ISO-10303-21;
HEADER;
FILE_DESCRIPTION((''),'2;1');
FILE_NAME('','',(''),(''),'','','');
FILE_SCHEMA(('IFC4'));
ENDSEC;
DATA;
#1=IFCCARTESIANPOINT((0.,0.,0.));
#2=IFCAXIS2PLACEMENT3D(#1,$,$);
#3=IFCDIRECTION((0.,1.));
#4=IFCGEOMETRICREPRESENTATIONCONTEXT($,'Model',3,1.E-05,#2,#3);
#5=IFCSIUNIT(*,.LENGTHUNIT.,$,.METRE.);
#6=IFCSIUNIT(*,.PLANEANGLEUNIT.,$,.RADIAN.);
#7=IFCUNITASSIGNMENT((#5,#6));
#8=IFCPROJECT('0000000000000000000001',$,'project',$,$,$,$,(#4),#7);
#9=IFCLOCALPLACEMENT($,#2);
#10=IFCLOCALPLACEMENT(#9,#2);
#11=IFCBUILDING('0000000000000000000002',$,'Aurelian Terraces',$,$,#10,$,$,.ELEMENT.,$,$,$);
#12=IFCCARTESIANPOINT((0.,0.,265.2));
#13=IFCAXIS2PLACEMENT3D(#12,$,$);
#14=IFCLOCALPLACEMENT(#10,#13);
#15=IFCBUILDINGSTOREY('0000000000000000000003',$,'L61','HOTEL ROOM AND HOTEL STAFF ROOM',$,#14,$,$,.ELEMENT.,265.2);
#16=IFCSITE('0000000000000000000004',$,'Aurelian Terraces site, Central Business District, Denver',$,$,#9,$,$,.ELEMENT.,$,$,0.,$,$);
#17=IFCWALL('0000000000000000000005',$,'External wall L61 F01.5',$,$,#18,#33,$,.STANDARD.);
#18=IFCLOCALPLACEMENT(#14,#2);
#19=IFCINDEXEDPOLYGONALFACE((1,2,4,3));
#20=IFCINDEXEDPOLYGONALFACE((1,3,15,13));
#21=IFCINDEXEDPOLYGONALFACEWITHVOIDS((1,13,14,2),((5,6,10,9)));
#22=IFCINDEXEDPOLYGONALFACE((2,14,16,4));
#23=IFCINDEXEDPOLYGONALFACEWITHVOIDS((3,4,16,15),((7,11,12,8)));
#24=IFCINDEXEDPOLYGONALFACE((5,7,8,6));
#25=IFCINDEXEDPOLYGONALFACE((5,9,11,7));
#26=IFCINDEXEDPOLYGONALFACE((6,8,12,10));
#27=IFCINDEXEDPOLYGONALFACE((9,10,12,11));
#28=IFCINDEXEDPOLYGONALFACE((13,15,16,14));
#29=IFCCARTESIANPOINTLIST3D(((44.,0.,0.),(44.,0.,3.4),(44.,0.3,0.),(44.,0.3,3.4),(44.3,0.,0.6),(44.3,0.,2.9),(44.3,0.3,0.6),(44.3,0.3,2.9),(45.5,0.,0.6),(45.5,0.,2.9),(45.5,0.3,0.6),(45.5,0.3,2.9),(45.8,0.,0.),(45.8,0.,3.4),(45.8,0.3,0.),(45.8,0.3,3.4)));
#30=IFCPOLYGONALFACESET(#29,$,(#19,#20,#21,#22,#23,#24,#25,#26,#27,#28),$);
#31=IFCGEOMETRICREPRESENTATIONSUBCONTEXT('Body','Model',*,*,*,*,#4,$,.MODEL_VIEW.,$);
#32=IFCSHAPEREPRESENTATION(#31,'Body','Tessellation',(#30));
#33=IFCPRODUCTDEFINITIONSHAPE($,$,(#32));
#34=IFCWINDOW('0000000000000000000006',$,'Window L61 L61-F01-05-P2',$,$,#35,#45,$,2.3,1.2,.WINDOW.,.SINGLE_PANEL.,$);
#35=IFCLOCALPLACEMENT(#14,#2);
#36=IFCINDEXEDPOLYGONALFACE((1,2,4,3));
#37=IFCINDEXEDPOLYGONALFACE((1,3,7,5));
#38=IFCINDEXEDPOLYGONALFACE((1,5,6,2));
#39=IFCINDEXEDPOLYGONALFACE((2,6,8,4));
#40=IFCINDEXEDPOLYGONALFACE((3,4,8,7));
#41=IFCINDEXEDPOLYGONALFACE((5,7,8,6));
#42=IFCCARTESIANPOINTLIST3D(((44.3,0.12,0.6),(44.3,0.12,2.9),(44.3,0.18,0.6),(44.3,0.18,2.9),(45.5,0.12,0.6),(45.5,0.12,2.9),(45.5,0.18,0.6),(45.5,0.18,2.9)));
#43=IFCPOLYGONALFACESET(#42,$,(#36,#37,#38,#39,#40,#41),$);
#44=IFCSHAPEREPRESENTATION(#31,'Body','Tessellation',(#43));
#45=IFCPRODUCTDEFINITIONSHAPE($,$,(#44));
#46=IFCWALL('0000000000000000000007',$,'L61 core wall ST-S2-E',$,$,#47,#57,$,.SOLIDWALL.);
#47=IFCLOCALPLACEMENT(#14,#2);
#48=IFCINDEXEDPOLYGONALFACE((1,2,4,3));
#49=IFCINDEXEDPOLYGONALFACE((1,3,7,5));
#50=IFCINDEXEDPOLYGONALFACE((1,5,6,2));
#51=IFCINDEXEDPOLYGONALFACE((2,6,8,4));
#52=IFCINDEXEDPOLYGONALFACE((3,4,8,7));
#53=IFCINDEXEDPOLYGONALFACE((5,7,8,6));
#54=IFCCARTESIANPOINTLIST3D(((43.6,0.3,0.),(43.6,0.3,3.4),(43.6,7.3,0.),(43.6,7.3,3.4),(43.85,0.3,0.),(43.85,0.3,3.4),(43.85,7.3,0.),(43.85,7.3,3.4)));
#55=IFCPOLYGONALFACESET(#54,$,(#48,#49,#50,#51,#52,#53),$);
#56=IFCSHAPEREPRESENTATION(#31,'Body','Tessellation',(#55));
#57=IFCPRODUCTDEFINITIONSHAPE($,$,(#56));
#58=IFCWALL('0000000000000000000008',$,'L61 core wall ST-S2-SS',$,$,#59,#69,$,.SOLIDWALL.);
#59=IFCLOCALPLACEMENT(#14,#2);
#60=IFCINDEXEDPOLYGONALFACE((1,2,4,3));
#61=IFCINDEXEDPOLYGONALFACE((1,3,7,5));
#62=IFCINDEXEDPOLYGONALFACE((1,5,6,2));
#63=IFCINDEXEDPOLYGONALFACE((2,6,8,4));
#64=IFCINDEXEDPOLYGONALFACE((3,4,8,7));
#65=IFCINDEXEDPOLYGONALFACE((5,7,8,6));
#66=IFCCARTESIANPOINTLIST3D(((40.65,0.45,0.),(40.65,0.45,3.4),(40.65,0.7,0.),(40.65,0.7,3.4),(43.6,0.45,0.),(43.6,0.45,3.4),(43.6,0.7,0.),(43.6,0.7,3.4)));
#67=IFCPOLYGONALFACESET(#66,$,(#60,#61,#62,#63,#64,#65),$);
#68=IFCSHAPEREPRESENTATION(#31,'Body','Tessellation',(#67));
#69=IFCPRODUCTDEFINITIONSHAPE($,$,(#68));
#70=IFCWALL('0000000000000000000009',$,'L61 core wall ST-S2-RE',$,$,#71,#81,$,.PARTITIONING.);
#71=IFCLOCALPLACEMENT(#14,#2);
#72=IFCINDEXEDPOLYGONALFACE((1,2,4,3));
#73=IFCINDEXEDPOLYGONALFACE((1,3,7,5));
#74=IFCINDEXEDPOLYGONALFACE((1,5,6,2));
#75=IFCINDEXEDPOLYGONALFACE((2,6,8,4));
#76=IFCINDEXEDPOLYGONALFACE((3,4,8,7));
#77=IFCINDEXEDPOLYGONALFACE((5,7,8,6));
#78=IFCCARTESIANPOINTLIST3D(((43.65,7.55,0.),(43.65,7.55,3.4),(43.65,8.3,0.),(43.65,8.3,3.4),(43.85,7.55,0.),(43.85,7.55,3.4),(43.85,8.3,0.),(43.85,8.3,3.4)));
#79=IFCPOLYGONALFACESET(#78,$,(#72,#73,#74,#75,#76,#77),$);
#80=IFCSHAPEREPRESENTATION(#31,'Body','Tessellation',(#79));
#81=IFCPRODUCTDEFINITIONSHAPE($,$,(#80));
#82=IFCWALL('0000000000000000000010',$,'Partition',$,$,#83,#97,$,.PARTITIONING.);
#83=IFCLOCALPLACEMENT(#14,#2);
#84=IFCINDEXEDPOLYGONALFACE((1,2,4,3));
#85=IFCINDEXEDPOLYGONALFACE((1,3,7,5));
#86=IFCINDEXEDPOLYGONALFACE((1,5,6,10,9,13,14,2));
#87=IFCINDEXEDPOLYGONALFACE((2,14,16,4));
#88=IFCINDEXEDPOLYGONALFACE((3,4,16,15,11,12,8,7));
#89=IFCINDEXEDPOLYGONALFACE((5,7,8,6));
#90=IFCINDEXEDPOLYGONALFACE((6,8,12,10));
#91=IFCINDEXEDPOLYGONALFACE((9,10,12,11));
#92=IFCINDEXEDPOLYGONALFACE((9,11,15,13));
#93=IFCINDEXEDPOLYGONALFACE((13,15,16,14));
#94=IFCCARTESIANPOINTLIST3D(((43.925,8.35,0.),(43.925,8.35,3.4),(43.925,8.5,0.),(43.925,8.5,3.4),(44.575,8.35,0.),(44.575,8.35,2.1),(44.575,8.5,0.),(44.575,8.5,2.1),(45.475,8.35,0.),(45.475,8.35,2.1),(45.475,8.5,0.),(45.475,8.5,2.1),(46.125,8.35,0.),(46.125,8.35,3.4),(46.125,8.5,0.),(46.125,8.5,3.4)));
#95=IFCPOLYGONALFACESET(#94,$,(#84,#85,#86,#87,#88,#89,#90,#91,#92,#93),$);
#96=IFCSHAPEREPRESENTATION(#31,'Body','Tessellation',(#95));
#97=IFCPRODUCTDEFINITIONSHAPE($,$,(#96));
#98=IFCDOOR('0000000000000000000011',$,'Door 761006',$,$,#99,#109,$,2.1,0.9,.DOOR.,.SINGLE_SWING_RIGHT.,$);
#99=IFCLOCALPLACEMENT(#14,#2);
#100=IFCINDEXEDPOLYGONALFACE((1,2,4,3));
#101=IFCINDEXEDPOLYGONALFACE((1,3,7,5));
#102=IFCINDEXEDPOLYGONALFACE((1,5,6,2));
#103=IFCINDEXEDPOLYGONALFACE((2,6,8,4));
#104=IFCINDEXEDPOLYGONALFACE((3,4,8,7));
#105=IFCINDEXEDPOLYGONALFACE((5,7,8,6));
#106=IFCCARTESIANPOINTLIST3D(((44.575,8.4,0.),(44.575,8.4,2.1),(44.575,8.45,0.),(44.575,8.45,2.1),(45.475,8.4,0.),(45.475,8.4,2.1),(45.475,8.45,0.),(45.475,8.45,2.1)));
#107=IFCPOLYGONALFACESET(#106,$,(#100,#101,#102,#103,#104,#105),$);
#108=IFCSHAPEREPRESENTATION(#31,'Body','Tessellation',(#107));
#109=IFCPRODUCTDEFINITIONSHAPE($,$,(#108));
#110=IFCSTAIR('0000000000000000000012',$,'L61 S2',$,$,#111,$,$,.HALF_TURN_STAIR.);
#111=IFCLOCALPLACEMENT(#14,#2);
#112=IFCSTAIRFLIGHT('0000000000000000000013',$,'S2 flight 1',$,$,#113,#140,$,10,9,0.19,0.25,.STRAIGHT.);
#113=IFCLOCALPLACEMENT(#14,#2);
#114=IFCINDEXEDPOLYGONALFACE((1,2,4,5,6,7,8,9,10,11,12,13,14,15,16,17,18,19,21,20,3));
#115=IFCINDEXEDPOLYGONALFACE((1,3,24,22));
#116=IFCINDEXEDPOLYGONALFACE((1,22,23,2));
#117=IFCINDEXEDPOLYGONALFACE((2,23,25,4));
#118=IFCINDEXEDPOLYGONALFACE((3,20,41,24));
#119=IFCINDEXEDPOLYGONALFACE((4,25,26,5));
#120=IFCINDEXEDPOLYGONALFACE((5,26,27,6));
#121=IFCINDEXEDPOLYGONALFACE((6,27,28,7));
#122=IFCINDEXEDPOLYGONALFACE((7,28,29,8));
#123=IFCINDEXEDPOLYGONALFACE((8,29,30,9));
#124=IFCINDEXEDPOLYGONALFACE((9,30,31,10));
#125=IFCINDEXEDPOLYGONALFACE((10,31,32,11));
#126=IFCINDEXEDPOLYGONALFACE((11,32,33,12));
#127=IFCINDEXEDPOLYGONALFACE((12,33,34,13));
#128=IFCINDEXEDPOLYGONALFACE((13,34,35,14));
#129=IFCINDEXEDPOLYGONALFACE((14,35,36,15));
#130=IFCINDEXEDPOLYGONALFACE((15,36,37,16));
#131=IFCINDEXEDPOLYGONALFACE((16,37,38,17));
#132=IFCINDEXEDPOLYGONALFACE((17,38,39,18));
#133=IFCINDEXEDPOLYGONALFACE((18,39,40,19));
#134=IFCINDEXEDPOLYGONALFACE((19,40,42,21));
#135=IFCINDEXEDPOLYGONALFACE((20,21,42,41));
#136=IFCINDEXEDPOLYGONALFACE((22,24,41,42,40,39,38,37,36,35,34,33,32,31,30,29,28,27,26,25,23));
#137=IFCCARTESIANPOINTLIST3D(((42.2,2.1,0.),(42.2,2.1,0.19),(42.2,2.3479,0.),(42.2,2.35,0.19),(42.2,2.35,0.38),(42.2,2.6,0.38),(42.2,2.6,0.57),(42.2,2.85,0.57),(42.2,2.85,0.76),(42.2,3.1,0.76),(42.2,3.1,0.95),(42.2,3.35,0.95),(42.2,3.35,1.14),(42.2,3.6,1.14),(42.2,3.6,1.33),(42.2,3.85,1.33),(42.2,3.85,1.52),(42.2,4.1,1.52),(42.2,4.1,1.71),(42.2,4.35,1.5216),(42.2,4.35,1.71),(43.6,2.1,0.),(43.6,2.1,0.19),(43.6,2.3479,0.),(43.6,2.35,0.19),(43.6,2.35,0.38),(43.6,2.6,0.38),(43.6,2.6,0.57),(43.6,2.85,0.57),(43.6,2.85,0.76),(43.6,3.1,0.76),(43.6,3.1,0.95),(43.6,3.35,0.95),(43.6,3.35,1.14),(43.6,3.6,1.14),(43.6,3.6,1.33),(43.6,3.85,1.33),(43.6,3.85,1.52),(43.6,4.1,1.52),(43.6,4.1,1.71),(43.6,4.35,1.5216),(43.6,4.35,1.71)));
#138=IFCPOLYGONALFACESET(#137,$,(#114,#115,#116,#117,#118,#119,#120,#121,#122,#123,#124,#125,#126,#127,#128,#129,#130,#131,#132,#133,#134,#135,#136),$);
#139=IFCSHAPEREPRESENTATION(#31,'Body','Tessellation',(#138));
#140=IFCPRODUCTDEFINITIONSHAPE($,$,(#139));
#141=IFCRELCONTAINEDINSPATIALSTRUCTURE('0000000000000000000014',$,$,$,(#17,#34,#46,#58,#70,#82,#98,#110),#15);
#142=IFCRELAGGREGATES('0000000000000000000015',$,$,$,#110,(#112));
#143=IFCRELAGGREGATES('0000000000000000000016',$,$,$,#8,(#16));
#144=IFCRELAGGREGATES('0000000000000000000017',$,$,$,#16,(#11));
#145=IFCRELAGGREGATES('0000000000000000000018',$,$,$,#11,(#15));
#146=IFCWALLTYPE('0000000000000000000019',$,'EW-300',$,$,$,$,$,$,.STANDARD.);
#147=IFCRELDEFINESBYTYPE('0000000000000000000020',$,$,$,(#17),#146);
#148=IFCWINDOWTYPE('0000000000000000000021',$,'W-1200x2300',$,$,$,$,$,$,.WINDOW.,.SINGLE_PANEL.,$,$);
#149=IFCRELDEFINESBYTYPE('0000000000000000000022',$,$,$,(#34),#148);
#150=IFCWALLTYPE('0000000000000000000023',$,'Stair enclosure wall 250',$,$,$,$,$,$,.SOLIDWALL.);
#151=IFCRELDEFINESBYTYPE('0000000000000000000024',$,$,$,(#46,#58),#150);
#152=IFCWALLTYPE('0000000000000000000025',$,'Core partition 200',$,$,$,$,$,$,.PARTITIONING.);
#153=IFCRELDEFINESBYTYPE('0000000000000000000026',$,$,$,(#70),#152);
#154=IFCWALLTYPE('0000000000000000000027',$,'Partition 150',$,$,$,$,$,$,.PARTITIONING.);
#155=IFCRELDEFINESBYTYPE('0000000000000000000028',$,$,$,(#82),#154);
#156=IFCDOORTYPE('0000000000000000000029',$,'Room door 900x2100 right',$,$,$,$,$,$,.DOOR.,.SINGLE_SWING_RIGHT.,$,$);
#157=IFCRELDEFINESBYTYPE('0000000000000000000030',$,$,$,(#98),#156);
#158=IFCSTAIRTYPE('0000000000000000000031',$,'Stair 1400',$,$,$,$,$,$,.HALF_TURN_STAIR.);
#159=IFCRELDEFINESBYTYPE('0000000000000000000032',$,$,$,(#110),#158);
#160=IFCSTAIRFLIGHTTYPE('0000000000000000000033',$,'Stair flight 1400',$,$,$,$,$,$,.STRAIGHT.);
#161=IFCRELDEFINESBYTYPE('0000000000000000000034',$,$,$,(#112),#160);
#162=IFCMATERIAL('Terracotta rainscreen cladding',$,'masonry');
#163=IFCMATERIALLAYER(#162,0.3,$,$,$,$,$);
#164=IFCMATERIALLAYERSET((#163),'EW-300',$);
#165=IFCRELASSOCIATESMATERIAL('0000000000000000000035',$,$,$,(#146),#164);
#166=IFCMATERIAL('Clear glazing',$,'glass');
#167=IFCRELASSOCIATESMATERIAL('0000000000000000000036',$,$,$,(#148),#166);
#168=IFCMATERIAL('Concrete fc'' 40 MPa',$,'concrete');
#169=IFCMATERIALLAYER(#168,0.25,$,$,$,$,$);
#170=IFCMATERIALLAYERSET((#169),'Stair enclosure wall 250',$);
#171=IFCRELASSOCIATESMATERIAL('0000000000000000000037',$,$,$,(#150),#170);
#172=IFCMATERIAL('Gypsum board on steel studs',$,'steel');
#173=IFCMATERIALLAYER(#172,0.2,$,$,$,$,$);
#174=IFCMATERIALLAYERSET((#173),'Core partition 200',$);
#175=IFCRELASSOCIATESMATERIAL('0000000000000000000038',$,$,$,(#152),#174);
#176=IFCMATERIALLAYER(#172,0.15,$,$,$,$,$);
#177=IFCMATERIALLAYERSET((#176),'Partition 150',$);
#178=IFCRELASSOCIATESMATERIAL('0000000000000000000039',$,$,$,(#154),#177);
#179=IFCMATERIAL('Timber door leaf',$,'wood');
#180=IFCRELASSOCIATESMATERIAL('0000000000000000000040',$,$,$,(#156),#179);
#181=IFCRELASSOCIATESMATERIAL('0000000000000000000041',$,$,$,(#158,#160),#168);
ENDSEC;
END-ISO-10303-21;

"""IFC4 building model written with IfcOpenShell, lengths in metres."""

from ifc_helpers import new_model, si_unit, direction, frame, frame_2d, origin, place, context, subcontext, project, spatial, polyline, rectangle, outline, extrude, source, transform, mapped, material, layer, layer_set, type_object, element, fill, aggregate, save


model = new_model("IFC4")

# Units and contexts
model_context = context("Model", 3, precision=1e-05, world=origin(), true_north=direction((0.0, 1.0)))
body_context = subcontext(model_context, "Body", "Model", "MODEL_VIEW")
ifc_project = project(units=[si_unit("LENGTHUNIT", "METRE"), si_unit("PLANEANGLEUNIT", "RADIAN")], contexts=[model_context])

# Site, building, storey
site_placement = place(None, origin())
site = spatial("IfcSite", under=ifc_project, at=site_placement, Name="Aurelian Terraces site, Central Business District, Denver", CompositionType="ELEMENT", RefElevation=0.0)
building_placement = place(site_placement, origin())
building = spatial("IfcBuilding", under=site, at=building_placement, Name="Aurelian Terraces", CompositionType="ELEMENT")
storey_placement = place(building_placement, frame((0.0, 0.0, 265.2)))
storey = spatial("IfcBuildingStorey", under=building, at=storey_placement, Name="L61", Description="HOTEL ROOM AND HOTEL STAFF ROOM", CompositionType="ELEMENT", Elevation=265.2)

# Wall, opening, window
ifc_material_1 = material(Name="Terracotta rainscreen cladding", Category="masonry")
ifc_layer_1 = layer(ifc_material_1, 0.3)
ifc_layer_set_1 = layer_set([ifc_layer_1], Name="EW-300")
wall_type_1 = type_object("IfcWallType", Name="EW-300", PredefinedType="STANDARD", material=ifc_layer_set_1)
shared_shape_1 = source(origin(), body_context, "Body", "SweptSolid", [
    extrude(rectangle(XDim=1.8, YDim=0.3, at=frame_2d((0.9, 0.0))), origin(), (0.0, 0.0, 1.0), 3.4),
])
wall_1_placement = place(storey_placement, frame((44.0, 0.15, 0.0), z_axis=(0.0, 0.0, 1.0), x_axis=(1.0, 0.0, 0.0)))
wall_1 = element("IfcWall", 1, at=wall_1_placement, inside=storey, type_object=wall_type_1, Name="External wall L61 F01.5", PredefinedType="STANDARD", context=body_context, shape_type="MappedRepresentation", body=[
    mapped(shared_shape_1, transform((0.0, 0.0, 0.0), scale=1.0)),
])
shared_shape_2 = source(origin(), body_context, "Body", "SweptSolid", [
    extrude(rectangle(XDim=1.2, YDim=2.3, at=frame_2d((0.6, 1.15))), frame((0.0, 0.16, 0.0), z_axis=(0.0, -1.0, 0.0), x_axis=(1.0, 0.0, 0.0)), (0.0, 0.0, 1.0), 0.32),
])
opening_1_placement = place(wall_1_placement, frame((0.3, 0.0, 0.6)))
opening_1 = element("IfcOpeningElement", 2, at=opening_1_placement, cuts=wall_1, PredefinedType="OPENING", context=body_context, shape_type="MappedRepresentation", body=[
    mapped(shared_shape_2, transform((0.0, 0.0, 0.0), scale=1.0)),
])
ifc_material_2 = material(Name="Clear glazing", Category="glass")
window_type = type_object("IfcWindowType", Name="W-1200x2300", PartitioningType="SINGLE_PANEL", PredefinedType="WINDOW", material=ifc_material_2)
shared_shape_3 = source(origin(), body_context, "Body", "SweptSolid", [
    extrude(rectangle(XDim=1.2, YDim=2.3, at=frame_2d((0.6, 1.15))), frame((0.0, 0.03, 0.0), z_axis=(0.0, -1.0, 0.0), x_axis=(1.0, 0.0, 0.0)), (0.0, 0.0, 1.0), 0.06),
])
window_placement = place(opening_1_placement, origin())
window = element("IfcWindow", 3, at=window_placement, inside=storey, type_object=window_type, Name="Window L61 L61-F01-05-P2", OverallHeight=2.3, OverallWidth=1.2, PartitioningType="SINGLE_PANEL", PredefinedType="WINDOW", context=body_context, shape_type="MappedRepresentation", body=[
    mapped(shared_shape_3, transform((0.0, 0.0, 0.0), scale=1.0)),
])
fill(opening_1, window)

# Walls
ifc_material_3 = material(Name="Concrete fc' 40 MPa", Category="concrete")
ifc_layer_2 = layer(ifc_material_3, 0.25)
ifc_layer_set_2 = layer_set([ifc_layer_2], Name="Stair enclosure wall 250")
wall_type_2 = type_object("IfcWallType", Name="Stair enclosure wall 250", PredefinedType="SOLIDWALL", material=ifc_layer_set_2)
shared_shape_4 = source(origin(), body_context, "Body", "SweptSolid", [
    extrude(rectangle(XDim=7.0, YDim=0.25, at=frame_2d((3.5, 0.0))), origin(), (0.0, 0.0, 1.0), 3.4),
])
wall_2_placement = place(storey_placement, frame((43.725, 0.3, 0.0), z_axis=(0.0, 0.0, 1.0), x_axis=(0.0, 1.0, 0.0)))
element("IfcWall", 4, at=wall_2_placement, inside=storey, type_object=wall_type_2, Name="L61 core wall ST-S2-E", PredefinedType="SOLIDWALL", context=body_context, shape_type="MappedRepresentation", body=[
    mapped(shared_shape_4, transform((0.0, 0.0, 0.0), scale=1.0)),
])
shared_shape_5 = source(origin(), body_context, "Body", "SweptSolid", [
    extrude(rectangle(XDim=2.95, YDim=0.25, at=frame_2d((1.475, 0.0))), origin(), (0.0, 0.0, 1.0), 3.4),
])
wall_3_placement = place(storey_placement, frame((40.65, 0.575, 0.0), z_axis=(0.0, 0.0, 1.0), x_axis=(1.0, 0.0, 0.0)))
element("IfcWall", 5, at=wall_3_placement, inside=storey, type_object=wall_type_2, Name="L61 core wall ST-S2-SS", PredefinedType="SOLIDWALL", context=body_context, shape_type="MappedRepresentation", body=[
    mapped(shared_shape_5, transform((0.0, 0.0, 0.0), scale=1.0)),
])
ifc_material_4 = material(Name="Gypsum board on steel studs", Category="steel")
ifc_layer_3 = layer(ifc_material_4, 0.2)
ifc_layer_set_3 = layer_set([ifc_layer_3], Name="Core partition 200")
wall_type_3 = type_object("IfcWallType", Name="Core partition 200", PredefinedType="PARTITIONING", material=ifc_layer_set_3)
shared_shape_6 = source(origin(), body_context, "Body", "SweptSolid", [
    extrude(rectangle(XDim=0.75, YDim=0.2, at=frame_2d((0.375, 0.0))), origin(), (0.0, 0.0, 1.0), 3.4),
])
wall_4_placement = place(storey_placement, frame((43.75, 7.55, 0.0), z_axis=(0.0, 0.0, 1.0), x_axis=(0.0, 1.0, 0.0)))
element("IfcWall", 6, at=wall_4_placement, inside=storey, type_object=wall_type_3, Name="L61 core wall ST-S2-RE", PredefinedType="PARTITIONING", context=body_context, shape_type="MappedRepresentation", body=[
    mapped(shared_shape_6, transform((0.0, 0.0, 0.0), scale=1.0)),
])

# Wall, opening, door
ifc_layer_4 = layer(ifc_material_4, 0.15)
ifc_layer_set_4 = layer_set([ifc_layer_4], Name="Partition 150")
wall_type_4 = type_object("IfcWallType", Name="Partition 150", PredefinedType="PARTITIONING", material=ifc_layer_set_4)
shared_shape_7 = source(origin(), body_context, "Body", "SweptSolid", [
    extrude(rectangle(XDim=2.2, YDim=0.15, at=frame_2d((1.1, 0.0))), origin(), (0.0, 0.0, 1.0), 3.4),
])
wall_5_placement = place(storey_placement, frame((46.125, 8.425, 0.0), z_axis=(0.0, 0.0, 1.0), x_axis=(-1.0, 0.0, 0.0)))
wall_5 = element("IfcWall", 7, at=wall_5_placement, inside=storey, type_object=wall_type_4, Name="Partition", PredefinedType="PARTITIONING", context=body_context, shape_type="MappedRepresentation", body=[
    mapped(shared_shape_7, transform((0.0, 0.0, 0.0), scale=1.0)),
])
shared_shape_8 = source(origin(), body_context, "Body", "SweptSolid", [
    extrude(rectangle(XDim=0.9, YDim=2.1, at=frame_2d((0.45, 1.05))), frame((0.0, 0.085, 0.0), z_axis=(0.0, -1.0, 0.0), x_axis=(1.0, 0.0, 0.0)), (0.0, 0.0, 1.0), 0.17),
])
opening_2_placement = place(wall_5_placement, frame((0.65, 0.0, 0.0)))
opening_2 = element("IfcOpeningElement", 8, at=opening_2_placement, cuts=wall_5, PredefinedType="OPENING", context=body_context, shape_type="MappedRepresentation", body=[
    mapped(shared_shape_8, transform((0.0, 0.0, 0.0), scale=1.0)),
])
ifc_material_5 = material(Name="Timber door leaf", Category="wood")
door_type = type_object("IfcDoorType", Name="Room door 900x2100 right", OperationType="SINGLE_SWING_RIGHT", PredefinedType="DOOR", material=ifc_material_5)
shared_shape_9 = source(origin(), body_context, "Body", "SweptSolid", [
    extrude(rectangle(XDim=0.9, YDim=2.1, at=frame_2d((0.45, 1.05))), frame((0.0, 0.025, 0.0), z_axis=(0.0, -1.0, 0.0), x_axis=(1.0, 0.0, 0.0)), (0.0, 0.0, 1.0), 0.05),
])
door_placement = place(opening_2_placement, origin())
door = element("IfcDoor", 9, at=door_placement, inside=storey, type_object=door_type, Name="Door 761006", OperationType="SINGLE_SWING_RIGHT", OverallHeight=2.1, OverallWidth=0.9, PredefinedType="DOOR", context=body_context, shape_type="MappedRepresentation", body=[
    mapped(shared_shape_9, transform((0.0, 0.0, 0.0), scale=1.0)),
])
fill(opening_2, door)

# Stair, stair flight
stair_type = type_object("IfcStairType", Name="Stair 1400", PredefinedType="HALF_TURN_STAIR", material=ifc_material_3)
stair_placement = place(storey_placement, origin())
stair = element("IfcStair", 10, at=stair_placement, inside=storey, type_object=stair_type, Name="L61 S2", PredefinedType="HALF_TURN_STAIR")
stair_flight_type = type_object("IfcStairFlightType", Name="Stair flight 1400", PredefinedType="STRAIGHT", material=ifc_material_3)
shared_shape_10 = source(origin(), body_context, "Body", "SweptSolid", [
    extrude(outline(polyline([(0.0, 0.0), (0.0, 0.19), (0.25, 0.19), (0.25, 0.38), (0.5, 0.38), (0.5, 0.57), (0.75, 0.57), (0.75, 0.76), (1.0, 0.76), (1.0, 0.95), (1.25, 0.95), (1.25, 1.14), (1.5, 1.14), (1.5, 1.33), (1.75, 1.33), (1.75, 1.52), (2.0, 1.52), (2.0, 1.71), (2.25, 1.71), (2.25, 1.9), (2.25, 1.5216), (0.2479, 0.0), (0.0, 0.0)])), frame((0.0, 0.7, 0.0), z_axis=(0.0, -1.0, 0.0), x_axis=(1.0, 0.0, 0.0)), (0.0, 0.0, 1.0), 1.4),
])
stair_flight_1_placement = place(storey_placement, frame((42.9, 2.1, 0.0), z_axis=(0.0, 0.0, 1.0), x_axis=(0.0, 1.0, 0.0)))
stair_flight_1 = element("IfcStairFlight", 11, at=stair_flight_1_placement, type_object=stair_flight_type, Name="S2 flight 1", NumberOfRisers=10, NumberOfTreads=9, PredefinedType="STRAIGHT", RiserHeight=0.19, TreadLength=0.25, context=body_context, shape_type="MappedRepresentation", body=[
    mapped(shared_shape_10, transform((0.0, 0.0, 0.0), scale=1.0)),
])
aggregate(stair, [stair_flight_1])

save(model, "model.ifc")
